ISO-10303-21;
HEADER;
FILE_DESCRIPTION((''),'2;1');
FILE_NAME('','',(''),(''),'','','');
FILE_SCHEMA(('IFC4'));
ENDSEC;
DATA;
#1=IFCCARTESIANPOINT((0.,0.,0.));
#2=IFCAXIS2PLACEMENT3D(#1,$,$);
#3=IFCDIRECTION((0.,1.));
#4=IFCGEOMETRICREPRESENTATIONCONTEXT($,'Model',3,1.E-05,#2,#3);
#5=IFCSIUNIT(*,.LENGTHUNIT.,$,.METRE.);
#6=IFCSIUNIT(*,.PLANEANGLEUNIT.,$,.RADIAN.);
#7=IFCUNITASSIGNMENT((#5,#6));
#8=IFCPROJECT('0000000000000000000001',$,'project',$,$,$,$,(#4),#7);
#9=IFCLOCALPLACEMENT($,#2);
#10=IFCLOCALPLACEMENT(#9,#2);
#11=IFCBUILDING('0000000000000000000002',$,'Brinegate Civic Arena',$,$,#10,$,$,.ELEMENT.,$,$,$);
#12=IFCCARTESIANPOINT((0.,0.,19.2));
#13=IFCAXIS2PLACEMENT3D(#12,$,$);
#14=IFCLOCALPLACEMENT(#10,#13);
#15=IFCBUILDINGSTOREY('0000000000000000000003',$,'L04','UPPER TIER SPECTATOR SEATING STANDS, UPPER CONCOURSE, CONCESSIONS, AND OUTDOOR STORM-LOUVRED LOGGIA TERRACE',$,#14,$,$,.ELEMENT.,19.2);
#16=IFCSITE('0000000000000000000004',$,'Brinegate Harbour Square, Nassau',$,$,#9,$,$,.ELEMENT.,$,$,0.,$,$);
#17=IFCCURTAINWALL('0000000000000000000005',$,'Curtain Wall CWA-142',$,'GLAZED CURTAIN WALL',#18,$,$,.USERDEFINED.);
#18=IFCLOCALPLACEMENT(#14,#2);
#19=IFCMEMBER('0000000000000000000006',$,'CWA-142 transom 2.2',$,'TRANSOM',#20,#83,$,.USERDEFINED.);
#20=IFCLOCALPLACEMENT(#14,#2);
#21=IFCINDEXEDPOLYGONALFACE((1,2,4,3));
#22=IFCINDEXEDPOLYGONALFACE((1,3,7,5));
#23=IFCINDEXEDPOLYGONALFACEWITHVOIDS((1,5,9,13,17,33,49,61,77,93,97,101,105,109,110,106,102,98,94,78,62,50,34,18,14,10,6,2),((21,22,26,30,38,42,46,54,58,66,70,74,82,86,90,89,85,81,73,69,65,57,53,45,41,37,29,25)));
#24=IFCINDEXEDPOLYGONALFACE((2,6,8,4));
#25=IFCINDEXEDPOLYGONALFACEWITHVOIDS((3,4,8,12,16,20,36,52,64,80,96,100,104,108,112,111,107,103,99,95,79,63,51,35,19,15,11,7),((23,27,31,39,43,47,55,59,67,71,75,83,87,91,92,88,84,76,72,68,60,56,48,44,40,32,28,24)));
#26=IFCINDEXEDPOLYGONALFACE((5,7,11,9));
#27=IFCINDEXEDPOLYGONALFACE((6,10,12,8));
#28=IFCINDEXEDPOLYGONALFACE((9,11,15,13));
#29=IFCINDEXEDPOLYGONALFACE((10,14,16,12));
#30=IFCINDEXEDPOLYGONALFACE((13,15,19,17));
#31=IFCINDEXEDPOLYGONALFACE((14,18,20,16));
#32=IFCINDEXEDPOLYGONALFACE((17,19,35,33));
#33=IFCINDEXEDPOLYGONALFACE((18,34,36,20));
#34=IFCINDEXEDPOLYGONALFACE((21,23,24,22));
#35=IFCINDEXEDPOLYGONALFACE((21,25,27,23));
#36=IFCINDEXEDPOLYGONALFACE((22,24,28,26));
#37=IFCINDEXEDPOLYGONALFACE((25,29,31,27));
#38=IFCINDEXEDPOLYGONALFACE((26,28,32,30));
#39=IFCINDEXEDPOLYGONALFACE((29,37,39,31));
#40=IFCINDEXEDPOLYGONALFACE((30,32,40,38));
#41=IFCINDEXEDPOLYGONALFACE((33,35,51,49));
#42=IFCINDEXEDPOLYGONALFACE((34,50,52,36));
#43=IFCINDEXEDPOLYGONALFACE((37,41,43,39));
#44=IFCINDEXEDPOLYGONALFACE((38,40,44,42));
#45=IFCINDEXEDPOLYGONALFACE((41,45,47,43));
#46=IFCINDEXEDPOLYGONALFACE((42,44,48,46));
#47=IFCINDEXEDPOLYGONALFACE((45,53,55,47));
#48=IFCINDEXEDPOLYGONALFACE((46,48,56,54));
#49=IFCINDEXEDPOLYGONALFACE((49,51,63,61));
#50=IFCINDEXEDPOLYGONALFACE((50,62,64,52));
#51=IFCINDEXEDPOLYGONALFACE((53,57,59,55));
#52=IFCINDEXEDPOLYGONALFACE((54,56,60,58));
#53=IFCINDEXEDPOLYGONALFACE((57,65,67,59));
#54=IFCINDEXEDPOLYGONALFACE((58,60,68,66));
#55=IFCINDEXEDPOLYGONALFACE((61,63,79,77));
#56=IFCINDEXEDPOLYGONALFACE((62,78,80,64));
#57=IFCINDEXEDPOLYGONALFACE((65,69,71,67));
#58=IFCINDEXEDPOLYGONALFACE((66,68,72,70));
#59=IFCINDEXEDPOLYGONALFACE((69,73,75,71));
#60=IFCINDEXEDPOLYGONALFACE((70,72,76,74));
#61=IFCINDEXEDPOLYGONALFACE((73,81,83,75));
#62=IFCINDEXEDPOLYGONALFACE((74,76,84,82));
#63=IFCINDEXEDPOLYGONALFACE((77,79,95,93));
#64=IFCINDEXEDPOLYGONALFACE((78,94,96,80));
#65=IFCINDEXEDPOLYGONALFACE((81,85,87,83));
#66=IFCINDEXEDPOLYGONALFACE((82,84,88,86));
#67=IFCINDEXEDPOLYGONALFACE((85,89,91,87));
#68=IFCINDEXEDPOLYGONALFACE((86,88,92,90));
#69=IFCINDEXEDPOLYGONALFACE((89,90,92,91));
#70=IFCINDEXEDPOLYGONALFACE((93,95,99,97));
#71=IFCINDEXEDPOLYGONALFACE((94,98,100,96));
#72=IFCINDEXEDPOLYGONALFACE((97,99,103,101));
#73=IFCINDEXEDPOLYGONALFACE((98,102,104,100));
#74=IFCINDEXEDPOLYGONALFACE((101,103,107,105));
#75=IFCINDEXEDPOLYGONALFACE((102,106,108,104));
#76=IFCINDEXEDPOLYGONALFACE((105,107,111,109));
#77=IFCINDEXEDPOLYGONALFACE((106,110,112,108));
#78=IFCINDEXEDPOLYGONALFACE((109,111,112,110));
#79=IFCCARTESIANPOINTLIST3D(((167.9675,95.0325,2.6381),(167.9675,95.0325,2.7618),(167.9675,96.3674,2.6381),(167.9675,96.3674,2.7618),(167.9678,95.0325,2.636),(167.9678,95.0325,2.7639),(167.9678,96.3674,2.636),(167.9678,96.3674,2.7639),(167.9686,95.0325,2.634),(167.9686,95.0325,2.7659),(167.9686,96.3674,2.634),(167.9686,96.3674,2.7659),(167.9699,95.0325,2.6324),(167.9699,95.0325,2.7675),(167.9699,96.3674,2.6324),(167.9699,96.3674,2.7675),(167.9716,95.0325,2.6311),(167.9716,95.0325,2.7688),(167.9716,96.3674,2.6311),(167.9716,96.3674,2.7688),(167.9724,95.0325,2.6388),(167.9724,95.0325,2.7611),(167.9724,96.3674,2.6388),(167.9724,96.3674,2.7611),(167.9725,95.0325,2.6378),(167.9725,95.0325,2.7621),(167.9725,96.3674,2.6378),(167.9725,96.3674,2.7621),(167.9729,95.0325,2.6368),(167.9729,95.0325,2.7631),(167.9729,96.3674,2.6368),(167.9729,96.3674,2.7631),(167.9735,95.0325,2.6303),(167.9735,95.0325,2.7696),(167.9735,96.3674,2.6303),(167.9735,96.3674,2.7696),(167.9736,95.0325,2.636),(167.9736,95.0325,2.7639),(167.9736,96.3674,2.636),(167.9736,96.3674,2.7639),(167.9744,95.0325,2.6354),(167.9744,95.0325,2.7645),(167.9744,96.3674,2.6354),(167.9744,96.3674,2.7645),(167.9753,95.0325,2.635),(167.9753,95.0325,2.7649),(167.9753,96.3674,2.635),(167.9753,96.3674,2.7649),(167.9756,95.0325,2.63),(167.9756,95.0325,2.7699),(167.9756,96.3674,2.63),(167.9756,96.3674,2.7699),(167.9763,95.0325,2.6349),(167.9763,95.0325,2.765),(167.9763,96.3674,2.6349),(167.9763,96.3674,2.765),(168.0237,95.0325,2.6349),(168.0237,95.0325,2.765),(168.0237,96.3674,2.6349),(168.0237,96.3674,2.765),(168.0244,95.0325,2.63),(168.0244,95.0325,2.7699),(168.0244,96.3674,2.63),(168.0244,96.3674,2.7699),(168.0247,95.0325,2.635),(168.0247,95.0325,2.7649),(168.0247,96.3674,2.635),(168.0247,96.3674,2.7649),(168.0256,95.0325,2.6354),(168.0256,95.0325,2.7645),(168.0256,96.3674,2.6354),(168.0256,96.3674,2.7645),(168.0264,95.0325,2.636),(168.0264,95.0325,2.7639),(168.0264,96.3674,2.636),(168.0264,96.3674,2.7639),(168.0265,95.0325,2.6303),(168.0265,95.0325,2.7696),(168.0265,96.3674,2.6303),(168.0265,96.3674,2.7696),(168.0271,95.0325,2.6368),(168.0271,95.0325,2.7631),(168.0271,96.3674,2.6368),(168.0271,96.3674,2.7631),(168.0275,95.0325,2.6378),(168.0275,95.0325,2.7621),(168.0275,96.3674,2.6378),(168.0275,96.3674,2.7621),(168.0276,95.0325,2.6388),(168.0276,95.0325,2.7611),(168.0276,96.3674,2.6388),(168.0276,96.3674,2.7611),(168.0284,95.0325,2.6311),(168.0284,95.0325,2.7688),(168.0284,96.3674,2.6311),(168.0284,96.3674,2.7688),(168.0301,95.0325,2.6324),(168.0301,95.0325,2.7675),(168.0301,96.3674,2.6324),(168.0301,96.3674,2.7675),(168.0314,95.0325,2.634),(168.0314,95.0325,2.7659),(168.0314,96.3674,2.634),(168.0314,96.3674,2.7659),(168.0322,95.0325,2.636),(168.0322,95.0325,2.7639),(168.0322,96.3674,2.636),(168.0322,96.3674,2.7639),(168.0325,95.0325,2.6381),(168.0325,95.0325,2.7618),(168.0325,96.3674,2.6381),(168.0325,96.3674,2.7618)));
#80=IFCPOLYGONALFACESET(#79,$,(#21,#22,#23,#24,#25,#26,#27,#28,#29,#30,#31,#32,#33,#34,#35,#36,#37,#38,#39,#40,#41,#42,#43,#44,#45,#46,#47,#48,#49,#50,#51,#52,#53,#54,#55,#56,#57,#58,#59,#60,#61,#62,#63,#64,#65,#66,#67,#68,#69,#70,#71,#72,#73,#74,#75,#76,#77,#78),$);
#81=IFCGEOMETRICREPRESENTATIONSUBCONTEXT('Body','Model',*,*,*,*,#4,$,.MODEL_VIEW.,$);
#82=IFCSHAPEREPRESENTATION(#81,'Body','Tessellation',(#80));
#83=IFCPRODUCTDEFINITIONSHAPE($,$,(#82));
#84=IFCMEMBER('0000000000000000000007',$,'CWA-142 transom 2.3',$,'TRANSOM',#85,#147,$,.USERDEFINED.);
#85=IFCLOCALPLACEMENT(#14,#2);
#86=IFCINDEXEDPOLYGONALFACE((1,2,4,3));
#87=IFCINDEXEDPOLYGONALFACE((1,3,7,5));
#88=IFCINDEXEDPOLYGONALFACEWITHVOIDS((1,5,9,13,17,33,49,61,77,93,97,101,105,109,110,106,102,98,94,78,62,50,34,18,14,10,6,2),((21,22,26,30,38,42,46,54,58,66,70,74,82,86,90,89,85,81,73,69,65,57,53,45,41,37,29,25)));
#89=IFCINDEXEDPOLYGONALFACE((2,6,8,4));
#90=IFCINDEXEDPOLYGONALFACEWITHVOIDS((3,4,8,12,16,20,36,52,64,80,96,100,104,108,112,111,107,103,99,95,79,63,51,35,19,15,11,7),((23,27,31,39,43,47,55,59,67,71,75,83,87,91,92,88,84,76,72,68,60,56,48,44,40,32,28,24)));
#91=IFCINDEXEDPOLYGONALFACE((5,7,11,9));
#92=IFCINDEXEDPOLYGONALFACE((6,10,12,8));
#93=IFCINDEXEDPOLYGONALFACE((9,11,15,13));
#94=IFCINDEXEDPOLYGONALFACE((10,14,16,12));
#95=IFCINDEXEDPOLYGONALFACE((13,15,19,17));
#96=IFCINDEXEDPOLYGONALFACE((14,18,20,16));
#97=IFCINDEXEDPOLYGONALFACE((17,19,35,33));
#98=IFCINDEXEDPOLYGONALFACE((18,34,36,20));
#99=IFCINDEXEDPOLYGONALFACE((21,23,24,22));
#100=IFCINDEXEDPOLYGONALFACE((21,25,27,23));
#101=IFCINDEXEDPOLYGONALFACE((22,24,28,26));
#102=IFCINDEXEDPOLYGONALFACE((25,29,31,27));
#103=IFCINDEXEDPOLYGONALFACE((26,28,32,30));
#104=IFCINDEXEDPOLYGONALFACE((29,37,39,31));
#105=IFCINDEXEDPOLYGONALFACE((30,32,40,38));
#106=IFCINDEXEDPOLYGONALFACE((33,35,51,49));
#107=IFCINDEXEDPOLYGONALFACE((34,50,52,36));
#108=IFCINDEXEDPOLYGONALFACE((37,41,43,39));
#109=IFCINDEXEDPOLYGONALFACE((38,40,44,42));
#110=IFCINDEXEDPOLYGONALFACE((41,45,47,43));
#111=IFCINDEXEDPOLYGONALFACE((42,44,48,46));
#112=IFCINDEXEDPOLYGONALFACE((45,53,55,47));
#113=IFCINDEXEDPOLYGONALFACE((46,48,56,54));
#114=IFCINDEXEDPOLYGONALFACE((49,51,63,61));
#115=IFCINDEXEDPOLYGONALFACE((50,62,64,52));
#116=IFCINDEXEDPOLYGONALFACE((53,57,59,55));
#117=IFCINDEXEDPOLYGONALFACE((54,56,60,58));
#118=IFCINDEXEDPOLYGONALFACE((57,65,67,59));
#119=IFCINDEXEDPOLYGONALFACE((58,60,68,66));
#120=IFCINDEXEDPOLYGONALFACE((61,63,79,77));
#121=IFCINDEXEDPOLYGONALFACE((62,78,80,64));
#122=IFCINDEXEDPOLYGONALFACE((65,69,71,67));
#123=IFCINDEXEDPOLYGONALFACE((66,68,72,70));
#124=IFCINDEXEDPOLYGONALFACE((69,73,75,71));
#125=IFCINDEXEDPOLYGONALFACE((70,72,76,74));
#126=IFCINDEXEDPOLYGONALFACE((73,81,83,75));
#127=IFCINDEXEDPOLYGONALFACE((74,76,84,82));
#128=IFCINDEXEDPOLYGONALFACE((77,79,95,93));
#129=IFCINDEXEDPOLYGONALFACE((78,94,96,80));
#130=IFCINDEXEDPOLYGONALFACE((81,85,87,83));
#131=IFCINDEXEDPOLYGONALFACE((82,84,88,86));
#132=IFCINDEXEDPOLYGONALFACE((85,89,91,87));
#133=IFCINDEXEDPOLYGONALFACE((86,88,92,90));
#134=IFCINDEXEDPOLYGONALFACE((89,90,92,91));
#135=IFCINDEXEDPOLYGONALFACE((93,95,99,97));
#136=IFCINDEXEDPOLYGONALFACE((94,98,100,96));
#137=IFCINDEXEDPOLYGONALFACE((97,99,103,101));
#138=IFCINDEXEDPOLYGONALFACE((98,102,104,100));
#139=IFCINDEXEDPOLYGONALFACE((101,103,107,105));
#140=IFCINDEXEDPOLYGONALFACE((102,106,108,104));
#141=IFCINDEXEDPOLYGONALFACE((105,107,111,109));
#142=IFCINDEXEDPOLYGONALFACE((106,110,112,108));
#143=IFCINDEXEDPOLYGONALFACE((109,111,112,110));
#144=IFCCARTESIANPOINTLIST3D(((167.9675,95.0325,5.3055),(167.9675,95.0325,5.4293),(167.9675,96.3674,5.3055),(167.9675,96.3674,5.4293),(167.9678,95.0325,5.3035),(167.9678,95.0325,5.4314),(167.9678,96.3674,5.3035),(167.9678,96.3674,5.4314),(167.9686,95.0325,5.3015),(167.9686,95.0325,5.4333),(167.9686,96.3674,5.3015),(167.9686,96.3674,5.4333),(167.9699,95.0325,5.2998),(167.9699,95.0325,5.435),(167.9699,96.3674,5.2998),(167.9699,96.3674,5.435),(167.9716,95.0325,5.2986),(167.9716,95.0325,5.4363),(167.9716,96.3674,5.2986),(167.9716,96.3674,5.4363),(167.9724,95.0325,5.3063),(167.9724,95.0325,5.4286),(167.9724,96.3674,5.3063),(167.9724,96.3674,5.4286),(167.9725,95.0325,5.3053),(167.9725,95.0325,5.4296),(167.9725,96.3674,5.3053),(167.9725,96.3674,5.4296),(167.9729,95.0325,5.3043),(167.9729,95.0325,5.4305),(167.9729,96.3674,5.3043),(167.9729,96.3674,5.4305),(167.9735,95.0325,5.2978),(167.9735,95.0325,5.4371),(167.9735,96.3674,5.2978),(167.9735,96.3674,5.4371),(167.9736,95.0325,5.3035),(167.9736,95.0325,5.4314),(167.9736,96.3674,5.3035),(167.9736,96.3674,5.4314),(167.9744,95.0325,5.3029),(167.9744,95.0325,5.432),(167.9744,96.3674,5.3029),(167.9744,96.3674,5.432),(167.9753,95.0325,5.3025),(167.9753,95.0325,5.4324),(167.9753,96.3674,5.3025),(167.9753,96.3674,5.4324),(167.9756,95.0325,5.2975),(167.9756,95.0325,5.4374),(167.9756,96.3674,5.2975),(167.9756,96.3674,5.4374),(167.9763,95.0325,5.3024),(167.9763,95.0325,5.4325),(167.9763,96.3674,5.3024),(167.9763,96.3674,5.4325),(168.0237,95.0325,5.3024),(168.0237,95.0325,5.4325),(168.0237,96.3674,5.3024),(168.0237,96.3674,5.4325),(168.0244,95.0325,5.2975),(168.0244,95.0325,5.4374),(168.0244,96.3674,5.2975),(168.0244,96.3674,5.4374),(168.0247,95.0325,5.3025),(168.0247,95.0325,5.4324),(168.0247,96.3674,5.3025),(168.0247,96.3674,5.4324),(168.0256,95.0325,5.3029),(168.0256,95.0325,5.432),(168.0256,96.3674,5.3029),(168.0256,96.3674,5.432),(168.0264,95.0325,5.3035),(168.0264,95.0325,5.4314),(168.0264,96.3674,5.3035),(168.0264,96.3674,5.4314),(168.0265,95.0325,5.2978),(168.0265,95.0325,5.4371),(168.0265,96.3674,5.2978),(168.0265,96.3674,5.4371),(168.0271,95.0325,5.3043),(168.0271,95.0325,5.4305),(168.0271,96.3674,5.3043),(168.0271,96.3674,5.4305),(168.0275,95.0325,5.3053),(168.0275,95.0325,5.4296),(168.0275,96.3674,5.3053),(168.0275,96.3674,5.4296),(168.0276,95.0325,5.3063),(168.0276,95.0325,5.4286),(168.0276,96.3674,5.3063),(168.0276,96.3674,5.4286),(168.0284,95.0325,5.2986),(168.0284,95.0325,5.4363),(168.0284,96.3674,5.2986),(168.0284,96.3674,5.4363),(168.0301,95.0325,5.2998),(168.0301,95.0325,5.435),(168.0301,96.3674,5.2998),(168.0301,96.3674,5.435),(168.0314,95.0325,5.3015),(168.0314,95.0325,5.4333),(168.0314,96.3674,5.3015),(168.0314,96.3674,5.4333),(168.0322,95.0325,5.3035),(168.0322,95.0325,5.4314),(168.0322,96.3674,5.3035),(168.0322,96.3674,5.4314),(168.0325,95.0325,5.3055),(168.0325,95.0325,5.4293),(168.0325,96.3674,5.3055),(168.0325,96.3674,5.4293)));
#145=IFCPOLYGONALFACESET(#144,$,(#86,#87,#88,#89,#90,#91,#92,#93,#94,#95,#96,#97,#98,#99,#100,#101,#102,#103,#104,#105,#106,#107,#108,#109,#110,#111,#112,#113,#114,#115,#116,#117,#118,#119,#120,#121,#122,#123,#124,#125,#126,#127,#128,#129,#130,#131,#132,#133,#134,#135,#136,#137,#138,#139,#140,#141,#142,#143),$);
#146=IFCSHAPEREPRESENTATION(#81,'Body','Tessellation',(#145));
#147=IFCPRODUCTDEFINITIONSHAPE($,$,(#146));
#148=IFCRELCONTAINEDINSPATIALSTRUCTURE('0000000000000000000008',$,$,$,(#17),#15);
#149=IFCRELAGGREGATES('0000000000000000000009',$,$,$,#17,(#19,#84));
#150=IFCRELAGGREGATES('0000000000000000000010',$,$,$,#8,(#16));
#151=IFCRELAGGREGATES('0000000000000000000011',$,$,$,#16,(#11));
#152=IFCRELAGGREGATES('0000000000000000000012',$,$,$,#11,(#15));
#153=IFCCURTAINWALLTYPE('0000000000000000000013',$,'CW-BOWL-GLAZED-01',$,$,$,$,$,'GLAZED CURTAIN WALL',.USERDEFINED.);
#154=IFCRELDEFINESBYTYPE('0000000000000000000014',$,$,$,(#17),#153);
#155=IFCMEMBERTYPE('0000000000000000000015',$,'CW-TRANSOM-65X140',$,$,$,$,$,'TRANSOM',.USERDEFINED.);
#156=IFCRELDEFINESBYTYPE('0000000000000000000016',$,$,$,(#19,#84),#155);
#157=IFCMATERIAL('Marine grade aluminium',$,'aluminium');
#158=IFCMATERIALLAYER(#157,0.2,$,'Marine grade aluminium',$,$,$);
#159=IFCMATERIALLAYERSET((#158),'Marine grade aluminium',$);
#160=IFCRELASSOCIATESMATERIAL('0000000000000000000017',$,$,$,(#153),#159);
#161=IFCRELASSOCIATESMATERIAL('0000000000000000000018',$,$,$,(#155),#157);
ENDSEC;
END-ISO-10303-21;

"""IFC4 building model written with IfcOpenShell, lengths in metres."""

from ifc_helpers import new_model, si_unit, direction, frame, origin, origin_2d, place, context, subcontext, project, spatial, hollow_rectangle, extrude, material, layer, layer_set, material_profile, profile_set, type_object, element, aggregate, save


model = new_model("IFC4")

# Units and contexts
model_context = context("Model", 3, precision=1e-05, world=origin(), true_north=direction((0.0, 1.0)))
body_context = subcontext(model_context, "Body", "Model", "MODEL_VIEW")
ifc_project = project(units=[si_unit("LENGTHUNIT", "METRE"), si_unit("PLANEANGLEUNIT", "RADIAN")], contexts=[model_context])

# Site, building, storey
site_placement = place(None, origin())
site = spatial("IfcSite", under=ifc_project, at=site_placement, Name="Brinegate Harbour Square, Nassau", CompositionType="ELEMENT", RefElevation=0.0)
building_placement = place(site_placement, origin())
building = spatial("IfcBuilding", under=site, at=building_placement, Name="Brinegate Civic Arena", CompositionType="ELEMENT")
storey_placement = place(building_placement, frame((0.0, 0.0, 19.2)))
storey = spatial("IfcBuildingStorey", under=building, at=storey_placement, Name="L04", Description="UPPER TIER SPECTATOR SEATING STANDS, UPPER CONCOURSE, CONCESSIONS, AND OUTDOOR STORM-LOUVRED LOGGIA TERRACE", CompositionType="ELEMENT", Elevation=19.2)

# Curtain wall, members
ifc_material_1 = material(Name="Marine grade aluminium", Category="aluminium")
ifc_layer_1 = layer(ifc_material_1, 0.2, Name="Marine grade aluminium")
ifc_layer_set_1 = layer_set([ifc_layer_1], Name="Marine grade aluminium")
curtain_wall_type = type_object("IfcCurtainWallType", Name="CW-BOWL-GLAZED-01", ElementType="GLAZED CURTAIN WALL", PredefinedType="USERDEFINED", material=ifc_layer_set_1)
curtain_wall_placement = place(storey_placement, origin())
curtain_wall = element("IfcCurtainWall", 1, at=curtain_wall_placement, inside=storey, type_object=curtain_wall_type, Name="Curtain Wall CWA-142", ObjectType="GLAZED CURTAIN WALL", PredefinedType="USERDEFINED")
ifc_material_profile_1 = material_profile(ifc_material_1, hollow_rectangle(XDim=0.0649, YDim=0.1399, WallThickness=0.0049, InnerFilletRadius=0.0039, OuterFilletRadius=0.0081, at=origin_2d()), Name="TRN65X140")
ifc_profile_set_1 = profile_set([ifc_material_profile_1], Name="Marine grade aluminium")
member_type_1 = type_object("IfcMemberType", Name="CW-TRANSOM-65X140", ElementType="TRANSOM", PredefinedType="USERDEFINED", material=ifc_profile_set_1)
member_1_placement = place(storey_placement, frame((168.0, 95.0325, 2.7), z_axis=(0.0, 1.0, 0.0), x_axis=(-1.0, 0.0, 0.0)))
member_1 = element("IfcMember", 2, at=member_1_placement, type_object=member_type_1, Name="CWA-142 transom 2.2", ObjectType="TRANSOM", PredefinedType="USERDEFINED", context=body_context, shape_type="SweptSolid", body=[
    extrude(hollow_rectangle(XDim=0.0649, YDim=0.1399, WallThickness=0.0049, InnerFilletRadius=0.0039, OuterFilletRadius=0.0081, at=origin_2d()), origin(), (0.0, 0.0, 1.0), 1.335),
])
member_2_placement = place(storey_placement, frame((168.0, 95.0325, 5.3674), z_axis=(0.0, 1.0, 0.0), x_axis=(-1.0, 0.0, 0.0)))
member_2 = element("IfcMember", 3, at=member_2_placement, type_object=member_type_1, Name="CWA-142 transom 2.3", ObjectType="TRANSOM", PredefinedType="USERDEFINED", context=body_context, shape_type="SweptSolid", body=[
    extrude(hollow_rectangle(XDim=0.0649, YDim=0.1399, WallThickness=0.0049, InnerFilletRadius=0.0039, OuterFilletRadius=0.0081, at=origin_2d()), origin(), (0.0, 0.0, 1.0), 1.335),
])
aggregate(curtain_wall, [member_1, member_2])

save(model, "model.ifc")
